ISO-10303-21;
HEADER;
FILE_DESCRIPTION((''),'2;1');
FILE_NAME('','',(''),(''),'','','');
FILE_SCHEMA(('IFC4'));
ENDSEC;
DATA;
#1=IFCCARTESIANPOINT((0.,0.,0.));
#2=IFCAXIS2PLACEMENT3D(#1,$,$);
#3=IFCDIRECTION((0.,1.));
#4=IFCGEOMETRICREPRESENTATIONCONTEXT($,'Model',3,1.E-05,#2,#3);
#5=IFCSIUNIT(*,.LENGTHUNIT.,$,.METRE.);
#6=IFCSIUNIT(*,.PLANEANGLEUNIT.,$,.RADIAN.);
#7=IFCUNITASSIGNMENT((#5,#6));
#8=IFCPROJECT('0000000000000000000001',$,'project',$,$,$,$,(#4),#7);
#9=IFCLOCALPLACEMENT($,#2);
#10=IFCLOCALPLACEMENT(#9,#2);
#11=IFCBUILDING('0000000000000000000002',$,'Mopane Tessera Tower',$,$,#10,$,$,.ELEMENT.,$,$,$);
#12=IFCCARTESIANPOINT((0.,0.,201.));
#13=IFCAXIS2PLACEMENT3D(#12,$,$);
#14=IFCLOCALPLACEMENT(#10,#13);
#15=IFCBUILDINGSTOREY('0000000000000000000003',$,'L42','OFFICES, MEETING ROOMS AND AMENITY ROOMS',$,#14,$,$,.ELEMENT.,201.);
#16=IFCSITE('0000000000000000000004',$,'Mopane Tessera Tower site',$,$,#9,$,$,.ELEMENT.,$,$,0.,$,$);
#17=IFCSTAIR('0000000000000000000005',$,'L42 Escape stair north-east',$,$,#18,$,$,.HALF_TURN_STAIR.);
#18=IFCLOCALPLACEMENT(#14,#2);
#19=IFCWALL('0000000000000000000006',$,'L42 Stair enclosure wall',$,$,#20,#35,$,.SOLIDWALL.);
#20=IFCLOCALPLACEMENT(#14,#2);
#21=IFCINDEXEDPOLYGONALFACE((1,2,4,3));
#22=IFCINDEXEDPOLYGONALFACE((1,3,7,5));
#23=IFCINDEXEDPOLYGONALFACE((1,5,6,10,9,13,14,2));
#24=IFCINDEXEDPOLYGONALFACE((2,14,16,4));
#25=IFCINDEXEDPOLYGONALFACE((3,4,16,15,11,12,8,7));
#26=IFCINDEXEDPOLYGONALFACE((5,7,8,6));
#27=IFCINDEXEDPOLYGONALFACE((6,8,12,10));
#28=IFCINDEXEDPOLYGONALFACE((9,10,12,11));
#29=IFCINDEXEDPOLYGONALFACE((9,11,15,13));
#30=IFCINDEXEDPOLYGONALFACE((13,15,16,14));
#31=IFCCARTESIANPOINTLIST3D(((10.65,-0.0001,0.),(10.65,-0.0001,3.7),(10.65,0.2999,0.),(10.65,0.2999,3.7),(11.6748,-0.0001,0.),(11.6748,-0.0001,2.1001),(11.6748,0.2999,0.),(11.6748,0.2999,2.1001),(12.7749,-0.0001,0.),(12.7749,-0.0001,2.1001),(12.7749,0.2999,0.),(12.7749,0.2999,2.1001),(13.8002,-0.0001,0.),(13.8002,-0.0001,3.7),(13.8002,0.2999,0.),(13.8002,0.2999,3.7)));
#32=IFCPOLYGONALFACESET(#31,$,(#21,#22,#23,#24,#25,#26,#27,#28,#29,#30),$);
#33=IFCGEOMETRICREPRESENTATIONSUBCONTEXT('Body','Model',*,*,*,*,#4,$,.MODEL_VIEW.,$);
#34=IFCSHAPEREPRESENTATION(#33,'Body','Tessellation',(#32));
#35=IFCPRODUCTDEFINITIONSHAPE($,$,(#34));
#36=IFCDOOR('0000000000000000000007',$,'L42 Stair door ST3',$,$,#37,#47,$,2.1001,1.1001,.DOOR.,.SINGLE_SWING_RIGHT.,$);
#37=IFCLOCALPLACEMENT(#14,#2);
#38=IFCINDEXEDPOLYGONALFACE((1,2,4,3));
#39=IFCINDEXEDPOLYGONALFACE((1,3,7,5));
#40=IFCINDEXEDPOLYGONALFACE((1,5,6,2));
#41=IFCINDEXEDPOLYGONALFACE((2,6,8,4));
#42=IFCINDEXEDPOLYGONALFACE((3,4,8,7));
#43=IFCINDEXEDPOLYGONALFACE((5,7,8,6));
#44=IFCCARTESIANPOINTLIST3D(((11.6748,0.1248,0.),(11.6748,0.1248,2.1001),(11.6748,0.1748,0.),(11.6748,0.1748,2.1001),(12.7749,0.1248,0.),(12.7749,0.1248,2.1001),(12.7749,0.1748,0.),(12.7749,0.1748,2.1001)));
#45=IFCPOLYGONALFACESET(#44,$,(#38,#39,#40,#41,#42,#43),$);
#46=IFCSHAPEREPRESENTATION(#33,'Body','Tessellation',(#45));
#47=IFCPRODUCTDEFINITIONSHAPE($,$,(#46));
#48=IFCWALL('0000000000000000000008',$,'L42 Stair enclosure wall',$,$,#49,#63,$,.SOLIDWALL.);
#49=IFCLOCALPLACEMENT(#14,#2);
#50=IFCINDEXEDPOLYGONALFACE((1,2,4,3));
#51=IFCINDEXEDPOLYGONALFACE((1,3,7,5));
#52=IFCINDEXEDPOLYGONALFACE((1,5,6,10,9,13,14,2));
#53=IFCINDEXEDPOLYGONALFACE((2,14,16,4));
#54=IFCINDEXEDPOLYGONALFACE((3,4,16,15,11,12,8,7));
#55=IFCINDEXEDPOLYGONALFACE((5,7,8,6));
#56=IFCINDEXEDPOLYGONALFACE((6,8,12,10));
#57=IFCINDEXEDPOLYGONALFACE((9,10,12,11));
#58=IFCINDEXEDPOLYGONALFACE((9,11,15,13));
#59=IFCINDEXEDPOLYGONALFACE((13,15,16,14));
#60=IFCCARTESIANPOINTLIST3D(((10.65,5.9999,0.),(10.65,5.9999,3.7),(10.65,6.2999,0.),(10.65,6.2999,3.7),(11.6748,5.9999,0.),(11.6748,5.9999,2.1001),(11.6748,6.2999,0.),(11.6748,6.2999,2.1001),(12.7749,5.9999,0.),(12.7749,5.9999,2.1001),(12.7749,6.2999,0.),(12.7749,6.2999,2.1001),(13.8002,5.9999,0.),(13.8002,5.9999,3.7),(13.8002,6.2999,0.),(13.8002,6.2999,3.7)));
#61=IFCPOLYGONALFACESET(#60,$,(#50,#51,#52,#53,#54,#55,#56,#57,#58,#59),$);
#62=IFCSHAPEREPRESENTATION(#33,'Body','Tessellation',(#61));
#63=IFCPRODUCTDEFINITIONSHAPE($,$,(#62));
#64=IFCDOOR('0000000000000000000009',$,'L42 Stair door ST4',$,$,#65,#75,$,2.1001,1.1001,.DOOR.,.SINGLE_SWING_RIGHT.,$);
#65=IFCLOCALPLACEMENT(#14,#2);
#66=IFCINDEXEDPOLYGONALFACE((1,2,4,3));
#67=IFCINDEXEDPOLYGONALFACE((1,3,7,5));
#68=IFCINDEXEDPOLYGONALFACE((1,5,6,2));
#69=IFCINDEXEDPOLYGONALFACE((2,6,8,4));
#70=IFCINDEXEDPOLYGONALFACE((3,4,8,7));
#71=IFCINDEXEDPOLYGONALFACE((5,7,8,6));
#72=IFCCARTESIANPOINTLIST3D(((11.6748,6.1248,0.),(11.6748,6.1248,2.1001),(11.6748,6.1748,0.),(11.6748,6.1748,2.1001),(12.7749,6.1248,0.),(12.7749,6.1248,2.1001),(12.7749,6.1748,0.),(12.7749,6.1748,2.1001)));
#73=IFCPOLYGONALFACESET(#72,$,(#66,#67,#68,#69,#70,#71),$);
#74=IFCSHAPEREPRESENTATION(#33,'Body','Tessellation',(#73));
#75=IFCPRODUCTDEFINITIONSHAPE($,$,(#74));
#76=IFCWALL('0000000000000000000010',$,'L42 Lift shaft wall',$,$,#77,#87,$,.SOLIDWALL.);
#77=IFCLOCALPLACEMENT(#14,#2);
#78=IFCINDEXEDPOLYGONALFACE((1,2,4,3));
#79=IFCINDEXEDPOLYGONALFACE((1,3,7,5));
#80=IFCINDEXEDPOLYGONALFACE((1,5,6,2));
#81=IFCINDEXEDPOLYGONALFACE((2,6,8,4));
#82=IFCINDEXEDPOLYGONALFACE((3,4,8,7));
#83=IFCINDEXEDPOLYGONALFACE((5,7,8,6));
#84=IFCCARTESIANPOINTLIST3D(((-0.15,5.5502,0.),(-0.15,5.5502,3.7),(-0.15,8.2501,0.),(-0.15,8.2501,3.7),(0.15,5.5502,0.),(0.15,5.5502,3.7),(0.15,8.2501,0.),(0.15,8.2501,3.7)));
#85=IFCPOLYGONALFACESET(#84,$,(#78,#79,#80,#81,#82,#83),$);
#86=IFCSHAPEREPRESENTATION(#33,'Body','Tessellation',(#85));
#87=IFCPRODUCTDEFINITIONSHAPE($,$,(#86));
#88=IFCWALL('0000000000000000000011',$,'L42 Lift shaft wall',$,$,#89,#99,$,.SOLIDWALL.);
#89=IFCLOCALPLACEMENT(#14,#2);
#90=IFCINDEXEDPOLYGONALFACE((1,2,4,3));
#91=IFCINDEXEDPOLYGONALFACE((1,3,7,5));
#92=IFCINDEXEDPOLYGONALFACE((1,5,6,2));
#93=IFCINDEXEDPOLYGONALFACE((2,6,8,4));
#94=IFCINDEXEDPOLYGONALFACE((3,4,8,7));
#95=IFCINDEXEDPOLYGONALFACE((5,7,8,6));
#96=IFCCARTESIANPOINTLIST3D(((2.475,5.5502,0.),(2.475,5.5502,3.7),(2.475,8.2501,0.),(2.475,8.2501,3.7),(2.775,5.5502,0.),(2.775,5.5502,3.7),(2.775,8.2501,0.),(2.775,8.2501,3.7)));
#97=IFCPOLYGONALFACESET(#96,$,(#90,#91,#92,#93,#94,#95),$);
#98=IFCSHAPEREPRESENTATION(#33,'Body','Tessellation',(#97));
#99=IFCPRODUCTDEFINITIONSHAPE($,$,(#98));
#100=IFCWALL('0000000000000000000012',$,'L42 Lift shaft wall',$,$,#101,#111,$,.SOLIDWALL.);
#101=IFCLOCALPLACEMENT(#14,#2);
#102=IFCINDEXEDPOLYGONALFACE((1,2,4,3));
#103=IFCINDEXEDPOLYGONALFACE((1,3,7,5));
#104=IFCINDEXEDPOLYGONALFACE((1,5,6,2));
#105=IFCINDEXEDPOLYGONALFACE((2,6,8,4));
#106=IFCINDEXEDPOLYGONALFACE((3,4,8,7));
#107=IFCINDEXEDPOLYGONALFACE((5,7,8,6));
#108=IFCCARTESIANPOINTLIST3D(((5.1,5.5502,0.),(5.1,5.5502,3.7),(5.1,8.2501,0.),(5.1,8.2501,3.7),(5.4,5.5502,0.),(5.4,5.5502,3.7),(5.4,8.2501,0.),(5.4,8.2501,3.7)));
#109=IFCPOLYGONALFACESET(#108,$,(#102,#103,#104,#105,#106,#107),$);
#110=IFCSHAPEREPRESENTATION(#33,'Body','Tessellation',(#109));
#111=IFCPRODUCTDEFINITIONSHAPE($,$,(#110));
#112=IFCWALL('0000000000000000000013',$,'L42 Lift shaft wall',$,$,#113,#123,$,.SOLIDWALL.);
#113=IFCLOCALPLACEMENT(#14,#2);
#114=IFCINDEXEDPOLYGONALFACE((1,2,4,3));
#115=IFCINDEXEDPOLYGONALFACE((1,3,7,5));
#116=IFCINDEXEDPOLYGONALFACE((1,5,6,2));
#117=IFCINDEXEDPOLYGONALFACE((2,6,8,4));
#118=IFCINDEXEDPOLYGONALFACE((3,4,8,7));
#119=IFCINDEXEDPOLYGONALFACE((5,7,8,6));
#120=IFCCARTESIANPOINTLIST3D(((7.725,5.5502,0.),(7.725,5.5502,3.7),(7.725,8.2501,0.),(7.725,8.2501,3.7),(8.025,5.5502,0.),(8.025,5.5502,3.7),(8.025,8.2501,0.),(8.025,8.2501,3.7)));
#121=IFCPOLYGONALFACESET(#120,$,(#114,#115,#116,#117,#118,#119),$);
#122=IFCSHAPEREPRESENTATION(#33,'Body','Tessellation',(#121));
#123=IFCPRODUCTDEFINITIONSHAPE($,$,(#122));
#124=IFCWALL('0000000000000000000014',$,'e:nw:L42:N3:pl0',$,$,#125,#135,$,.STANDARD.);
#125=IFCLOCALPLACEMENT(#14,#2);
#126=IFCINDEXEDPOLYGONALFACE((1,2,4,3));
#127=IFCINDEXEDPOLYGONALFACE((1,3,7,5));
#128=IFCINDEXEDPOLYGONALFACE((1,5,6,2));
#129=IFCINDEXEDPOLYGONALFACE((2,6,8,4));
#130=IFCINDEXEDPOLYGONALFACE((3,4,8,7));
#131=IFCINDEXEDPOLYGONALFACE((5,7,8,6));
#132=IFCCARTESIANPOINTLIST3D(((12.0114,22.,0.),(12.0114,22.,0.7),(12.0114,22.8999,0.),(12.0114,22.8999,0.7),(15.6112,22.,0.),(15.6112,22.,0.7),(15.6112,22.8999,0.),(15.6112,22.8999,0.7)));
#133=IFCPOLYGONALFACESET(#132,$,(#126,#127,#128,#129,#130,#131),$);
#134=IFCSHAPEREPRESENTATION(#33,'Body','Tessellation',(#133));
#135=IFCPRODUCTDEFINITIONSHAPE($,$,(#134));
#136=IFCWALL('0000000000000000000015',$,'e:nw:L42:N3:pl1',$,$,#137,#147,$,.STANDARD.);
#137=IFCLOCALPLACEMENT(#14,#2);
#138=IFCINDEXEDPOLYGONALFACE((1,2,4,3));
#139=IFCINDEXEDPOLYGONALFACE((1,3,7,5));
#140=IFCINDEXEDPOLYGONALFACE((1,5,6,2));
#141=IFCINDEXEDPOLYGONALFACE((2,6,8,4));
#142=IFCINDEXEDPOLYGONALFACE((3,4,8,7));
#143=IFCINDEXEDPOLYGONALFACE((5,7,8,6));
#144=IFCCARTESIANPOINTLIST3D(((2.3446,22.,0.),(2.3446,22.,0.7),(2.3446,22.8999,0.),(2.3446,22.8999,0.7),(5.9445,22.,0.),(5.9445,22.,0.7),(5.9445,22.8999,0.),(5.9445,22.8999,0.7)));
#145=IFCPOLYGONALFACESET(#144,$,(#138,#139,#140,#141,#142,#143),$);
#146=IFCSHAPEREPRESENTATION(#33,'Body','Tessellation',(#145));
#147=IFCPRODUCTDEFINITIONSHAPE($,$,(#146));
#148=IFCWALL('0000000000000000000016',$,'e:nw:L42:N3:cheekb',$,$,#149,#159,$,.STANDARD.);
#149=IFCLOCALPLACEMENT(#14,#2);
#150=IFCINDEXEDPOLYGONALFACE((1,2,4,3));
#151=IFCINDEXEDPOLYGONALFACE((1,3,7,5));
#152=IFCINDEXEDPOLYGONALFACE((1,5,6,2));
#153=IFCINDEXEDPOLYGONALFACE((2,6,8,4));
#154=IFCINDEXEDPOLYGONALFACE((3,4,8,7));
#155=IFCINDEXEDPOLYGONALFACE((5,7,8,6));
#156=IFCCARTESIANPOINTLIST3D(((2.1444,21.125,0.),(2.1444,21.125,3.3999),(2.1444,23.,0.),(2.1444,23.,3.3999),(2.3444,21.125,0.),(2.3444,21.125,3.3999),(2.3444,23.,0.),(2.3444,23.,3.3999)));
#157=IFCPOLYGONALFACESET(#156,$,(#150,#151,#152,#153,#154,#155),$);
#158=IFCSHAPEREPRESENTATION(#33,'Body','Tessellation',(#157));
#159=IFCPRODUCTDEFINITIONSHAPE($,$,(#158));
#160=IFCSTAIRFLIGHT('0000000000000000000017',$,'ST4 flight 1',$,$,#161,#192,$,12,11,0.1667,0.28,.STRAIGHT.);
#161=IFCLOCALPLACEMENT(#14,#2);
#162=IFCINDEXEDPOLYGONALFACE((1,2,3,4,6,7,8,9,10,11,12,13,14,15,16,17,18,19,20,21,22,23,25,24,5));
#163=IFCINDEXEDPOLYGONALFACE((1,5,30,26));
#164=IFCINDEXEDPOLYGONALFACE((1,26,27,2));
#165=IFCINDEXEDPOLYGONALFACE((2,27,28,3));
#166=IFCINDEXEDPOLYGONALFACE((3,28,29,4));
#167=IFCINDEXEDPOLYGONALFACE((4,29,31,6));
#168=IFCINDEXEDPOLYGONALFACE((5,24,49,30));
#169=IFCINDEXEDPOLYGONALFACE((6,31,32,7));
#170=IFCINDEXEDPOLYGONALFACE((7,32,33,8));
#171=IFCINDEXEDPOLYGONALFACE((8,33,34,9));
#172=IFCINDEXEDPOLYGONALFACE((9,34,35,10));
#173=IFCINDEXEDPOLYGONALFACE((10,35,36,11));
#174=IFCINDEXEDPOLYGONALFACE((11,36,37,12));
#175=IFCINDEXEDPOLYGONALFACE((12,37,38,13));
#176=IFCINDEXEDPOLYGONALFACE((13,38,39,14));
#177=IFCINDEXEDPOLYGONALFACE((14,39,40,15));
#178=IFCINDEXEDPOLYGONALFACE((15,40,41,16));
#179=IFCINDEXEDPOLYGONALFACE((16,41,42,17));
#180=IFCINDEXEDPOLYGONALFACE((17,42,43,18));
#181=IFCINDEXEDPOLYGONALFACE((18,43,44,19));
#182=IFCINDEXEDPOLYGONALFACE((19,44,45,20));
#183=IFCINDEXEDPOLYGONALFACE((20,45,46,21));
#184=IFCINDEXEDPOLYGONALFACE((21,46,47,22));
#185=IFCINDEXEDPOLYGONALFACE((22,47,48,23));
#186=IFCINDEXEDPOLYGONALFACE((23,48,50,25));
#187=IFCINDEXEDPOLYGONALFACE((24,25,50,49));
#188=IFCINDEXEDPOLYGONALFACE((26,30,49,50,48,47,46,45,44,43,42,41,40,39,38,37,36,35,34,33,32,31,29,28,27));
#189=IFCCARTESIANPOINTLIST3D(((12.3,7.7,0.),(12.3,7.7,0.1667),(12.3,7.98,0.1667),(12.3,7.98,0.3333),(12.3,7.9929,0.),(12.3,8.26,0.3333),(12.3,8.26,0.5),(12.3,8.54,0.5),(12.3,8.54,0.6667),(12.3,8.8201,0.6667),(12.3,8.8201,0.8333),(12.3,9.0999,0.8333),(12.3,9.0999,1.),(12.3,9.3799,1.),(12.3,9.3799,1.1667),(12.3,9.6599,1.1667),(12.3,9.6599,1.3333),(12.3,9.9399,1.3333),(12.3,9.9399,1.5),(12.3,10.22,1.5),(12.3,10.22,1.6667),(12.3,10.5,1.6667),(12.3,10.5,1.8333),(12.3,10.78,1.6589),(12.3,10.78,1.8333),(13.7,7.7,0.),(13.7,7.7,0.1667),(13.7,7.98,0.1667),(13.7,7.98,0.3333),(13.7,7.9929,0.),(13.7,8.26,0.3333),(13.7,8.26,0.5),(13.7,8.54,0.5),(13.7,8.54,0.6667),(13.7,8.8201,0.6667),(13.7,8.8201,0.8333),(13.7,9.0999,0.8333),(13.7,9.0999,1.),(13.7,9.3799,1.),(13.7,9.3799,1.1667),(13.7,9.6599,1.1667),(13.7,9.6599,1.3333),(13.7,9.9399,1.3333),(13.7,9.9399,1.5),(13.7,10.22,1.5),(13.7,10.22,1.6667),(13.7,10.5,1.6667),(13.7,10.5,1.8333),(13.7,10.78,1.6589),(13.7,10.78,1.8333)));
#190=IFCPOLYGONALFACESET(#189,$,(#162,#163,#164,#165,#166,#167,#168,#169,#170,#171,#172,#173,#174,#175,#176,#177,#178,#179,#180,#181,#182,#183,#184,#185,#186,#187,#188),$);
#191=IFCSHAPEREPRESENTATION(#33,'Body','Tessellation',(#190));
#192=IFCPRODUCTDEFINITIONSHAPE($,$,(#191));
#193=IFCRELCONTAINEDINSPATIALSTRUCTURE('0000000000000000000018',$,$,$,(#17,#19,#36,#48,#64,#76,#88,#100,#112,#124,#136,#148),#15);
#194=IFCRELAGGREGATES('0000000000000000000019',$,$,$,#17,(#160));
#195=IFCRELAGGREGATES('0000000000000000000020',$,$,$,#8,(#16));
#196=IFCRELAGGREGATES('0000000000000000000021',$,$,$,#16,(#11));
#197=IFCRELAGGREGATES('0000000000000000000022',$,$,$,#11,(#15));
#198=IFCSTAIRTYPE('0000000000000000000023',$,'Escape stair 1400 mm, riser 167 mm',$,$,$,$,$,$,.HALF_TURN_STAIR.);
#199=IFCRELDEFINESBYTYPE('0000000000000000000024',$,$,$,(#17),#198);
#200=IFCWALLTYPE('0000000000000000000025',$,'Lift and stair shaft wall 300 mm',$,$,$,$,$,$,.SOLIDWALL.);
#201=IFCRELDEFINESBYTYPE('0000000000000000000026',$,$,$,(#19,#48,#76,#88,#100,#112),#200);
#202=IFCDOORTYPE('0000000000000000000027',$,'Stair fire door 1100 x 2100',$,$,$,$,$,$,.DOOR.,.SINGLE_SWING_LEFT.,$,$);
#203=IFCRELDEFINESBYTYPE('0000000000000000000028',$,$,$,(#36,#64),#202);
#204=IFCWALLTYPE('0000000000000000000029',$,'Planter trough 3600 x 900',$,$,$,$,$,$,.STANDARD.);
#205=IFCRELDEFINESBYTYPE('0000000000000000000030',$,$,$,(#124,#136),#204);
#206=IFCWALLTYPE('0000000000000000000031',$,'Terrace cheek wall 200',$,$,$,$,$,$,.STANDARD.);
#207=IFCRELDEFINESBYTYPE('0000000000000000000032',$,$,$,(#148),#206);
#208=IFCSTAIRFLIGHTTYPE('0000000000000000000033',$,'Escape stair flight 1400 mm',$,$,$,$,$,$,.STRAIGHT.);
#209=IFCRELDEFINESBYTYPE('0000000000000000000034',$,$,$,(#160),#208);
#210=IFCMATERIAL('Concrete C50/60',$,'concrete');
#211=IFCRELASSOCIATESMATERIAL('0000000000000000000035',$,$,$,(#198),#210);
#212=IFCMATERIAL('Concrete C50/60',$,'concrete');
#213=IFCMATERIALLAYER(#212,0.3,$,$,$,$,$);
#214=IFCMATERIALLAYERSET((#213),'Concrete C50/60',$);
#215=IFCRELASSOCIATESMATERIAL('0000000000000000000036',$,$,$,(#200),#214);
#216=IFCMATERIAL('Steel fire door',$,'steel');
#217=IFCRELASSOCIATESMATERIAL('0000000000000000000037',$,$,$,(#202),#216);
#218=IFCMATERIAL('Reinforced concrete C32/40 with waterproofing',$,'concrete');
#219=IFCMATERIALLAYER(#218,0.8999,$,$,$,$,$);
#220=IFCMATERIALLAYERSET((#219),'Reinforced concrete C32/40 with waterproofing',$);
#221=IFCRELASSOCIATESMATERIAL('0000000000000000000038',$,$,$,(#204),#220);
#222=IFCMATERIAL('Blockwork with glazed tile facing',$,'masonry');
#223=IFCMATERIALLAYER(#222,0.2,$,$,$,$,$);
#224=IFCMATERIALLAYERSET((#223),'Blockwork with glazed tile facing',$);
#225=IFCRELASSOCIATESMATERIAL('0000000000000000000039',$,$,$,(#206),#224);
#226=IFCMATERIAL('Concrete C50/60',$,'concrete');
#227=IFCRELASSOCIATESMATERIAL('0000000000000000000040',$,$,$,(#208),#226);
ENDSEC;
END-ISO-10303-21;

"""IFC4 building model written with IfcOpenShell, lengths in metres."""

from ifc_helpers import new_model, si_unit, direction, frame, frame_2d, origin, place, context, subcontext, project, spatial, polyline, rectangle, outline, extrude, material, layer, layer_set, type_object, element, fill, aggregate, save


model = new_model("IFC4")

# Units and contexts
model_context = context("Model", 3, precision=1e-05, world=origin(), true_north=direction((0.0, 1.0)))
body_context = subcontext(model_context, "Body", "Model", "MODEL_VIEW")
ifc_project = project(units=[si_unit("LENGTHUNIT", "METRE"), si_unit("PLANEANGLEUNIT", "RADIAN")], contexts=[model_context])

# Site, building, storey
site_placement = place(None, origin())
site = spatial("IfcSite", under=ifc_project, at=site_placement, Name="Mopane Tessera Tower site", CompositionType="ELEMENT", RefElevation=0.0)
building_placement = place(site_placement, origin())
building = spatial("IfcBuilding", under=site, at=building_placement, Name="Mopane Tessera Tower", CompositionType="ELEMENT")
storey_placement = place(building_placement, frame((0.0, 0.0, 201.0)))
storey = spatial("IfcBuildingStorey", under=building, at=storey_placement, Name="L42", Description="OFFICES, MEETING ROOMS AND AMENITY ROOMS", CompositionType="ELEMENT", Elevation=201.0)

# Stair
ifc_material_1 = material(Name="Concrete C50/60", Category="concrete")
stair_type = type_object("IfcStairType", Name="Escape stair 1400 mm, riser 167 mm", PredefinedType="HALF_TURN_STAIR", material=ifc_material_1)
stair_1_placement = place(storey_placement, origin())
stair_1 = element("IfcStair", 1, at=stair_1_placement, inside=storey, type_object=stair_type, Name="L42 Escape stair north-east", PredefinedType="HALF_TURN_STAIR")

# Walls, openings, doors
ifc_material_2 = material(Name="Concrete C50/60", Category="concrete")
ifc_layer_1 = layer(ifc_material_2, 0.3)
ifc_layer_set_1 = layer_set([ifc_layer_1], Name="Concrete C50/60")
wall_type_1 = type_object("IfcWallType", Name="Lift and stair shaft wall 300 mm", PredefinedType="SOLIDWALL", material=ifc_layer_set_1)
wall_1_placement = place(storey_placement, frame((10.6499, 0.1499, 0.0), z_axis=(0.0, 0.0, 1.0), x_axis=(1.0, 0.0, 0.0)))
wall_1 = element("IfcWall", 2, at=wall_1_placement, inside=storey, type_object=wall_type_1, Name="L42 Stair enclosure wall", PredefinedType="SOLIDWALL", context=body_context, shape_type="SweptSolid", body=[
    extrude(rectangle(XDim=3.1501, YDim=0.3, at=frame_2d((1.5752, 0.0))), origin(), (0.0, 0.0, 1.0), 3.7),
])
opening_1_placement = place(wall_1_placement, frame((1.0249, 0.0, 0.0)))
opening_1 = element("IfcOpeningElement", 3, at=opening_1_placement, cuts=wall_1, PredefinedType="OPENING", context=body_context, shape_type="SweptSolid", body=[
    extrude(rectangle(XDim=1.1001, YDim=2.1001, at=frame_2d((0.55, 1.05))), frame((0.0, 0.1621, 0.0), z_axis=(0.0, -1.0, 0.0), x_axis=(1.0, 0.0, 0.0)), (0.0, 0.0, 1.0), 0.324),
])
ifc_material_3 = material(Name="Steel fire door", Category="steel")
door_type = type_object("IfcDoorType", Name="Stair fire door 1100 x 2100", OperationType="SINGLE_SWING_LEFT", PredefinedType="DOOR", material=ifc_material_3)
door_1_placement = place(opening_1_placement, origin())
door_1 = element("IfcDoor", 4, at=door_1_placement, inside=storey, type_object=door_type, Name="L42 Stair door ST3", OperationType="SINGLE_SWING_RIGHT", OverallHeight=2.1001, OverallWidth=1.1001, PredefinedType="DOOR", context=body_context, shape_type="SweptSolid", body=[
    extrude(rectangle(XDim=1.1001, YDim=2.1001, at=frame_2d((0.55, 1.05))), frame((0.0, 0.0249, 0.0), z_axis=(0.0, -1.0, 0.0), x_axis=(1.0, 0.0, 0.0)), (0.0, 0.0, 1.0), 0.05),
])
fill(opening_1, door_1)
wall_2_placement = place(storey_placement, frame((10.6499, 6.1499, 0.0), z_axis=(0.0, 0.0, 1.0), x_axis=(1.0, 0.0, 0.0)))
wall_2 = element("IfcWall", 5, at=wall_2_placement, inside=storey, type_object=wall_type_1, Name="L42 Stair enclosure wall", PredefinedType="SOLIDWALL", context=body_context, shape_type="SweptSolid", body=[
    extrude(rectangle(XDim=3.1501, YDim=0.3, at=frame_2d((1.5752, 0.0))), origin(), (0.0, 0.0, 1.0), 3.7),
])
opening_2_placement = place(wall_2_placement, frame((1.0249, 0.0, 0.0)))
opening_2 = element("IfcOpeningElement", 6, at=opening_2_placement, cuts=wall_2, PredefinedType="OPENING", context=body_context, shape_type="SweptSolid", body=[
    extrude(rectangle(XDim=1.1001, YDim=2.1001, at=frame_2d((0.55, 1.05))), frame((0.0, 0.1621, 0.0), z_axis=(0.0, -1.0, 0.0), x_axis=(1.0, 0.0, 0.0)), (0.0, 0.0, 1.0), 0.324),
])
door_2_placement = place(opening_2_placement, origin())
door_2 = element("IfcDoor", 7, at=door_2_placement, inside=storey, type_object=door_type, Name="L42 Stair door ST4", OperationType="SINGLE_SWING_RIGHT", OverallHeight=2.1001, OverallWidth=1.1001, PredefinedType="DOOR", context=body_context, shape_type="SweptSolid", body=[
    extrude(rectangle(XDim=1.1001, YDim=2.1001, at=frame_2d((0.55, 1.05))), frame((0.0, 0.0249, 0.0), z_axis=(0.0, -1.0, 0.0), x_axis=(1.0, 0.0, 0.0)), (0.0, 0.0, 1.0), 0.05),
])
fill(opening_2, door_2)

# Walls
for number, where, z_axis, x_axis, name in (
    (8, (0.0, 5.55, 0.0), (0.0, 0.0, 1.0), (0.0, 1.0, 0.0), "L42 Lift shaft wall"),
    (9, (2.625, 5.55, 0.0), (0.0, 0.0, 1.0), (0.0, 1.0, 0.0), "L42 Lift shaft wall"),
    (10, (5.25, 5.55, 0.0), (0.0, 0.0, 1.0), (0.0, 1.0, 0.0), "L42 Lift shaft wall"),
    (11, (7.875, 5.55, 0.0), (0.0, 0.0, 1.0), (0.0, 1.0, 0.0), "L42 Lift shaft wall"),
):
    element("IfcWall", number, at=place(storey_placement, frame(where, z_axis=z_axis, x_axis=x_axis)), inside=storey, type_object=wall_type_1, Name=name, PredefinedType="SOLIDWALL", context=body_context, shape_type="SweptSolid", body=[
        extrude(rectangle(XDim=2.7, YDim=0.3, at=frame_2d((1.3501, 0.0))), origin(), (0.0, 0.0, 1.0), 3.7),
    ])
ifc_material_4 = material(Name="Reinforced concrete C32/40 with waterproofing", Category="concrete")
ifc_layer_2 = layer(ifc_material_4, 0.8999)
ifc_layer_set_2 = layer_set([ifc_layer_2], Name="Reinforced concrete C32/40 with waterproofing")
wall_type_2 = type_object("IfcWallType", Name="Planter trough 3600 x 900", PredefinedType="STANDARD", material=ifc_layer_set_2)
for number, where, z_axis, x_axis, name in (
    (12, (15.6111, 22.45, 0.0), (0.0, 0.0, 1.0), (-1.0, 0.0, 0.0), "e:nw:L42:N3:pl0"),
    (13, (5.9443, 22.45, 0.0), (0.0, 0.0, 1.0), (-1.0, 0.0, 0.0), "e:nw:L42:N3:pl1"),
):
    element("IfcWall", number, at=place(storey_placement, frame(where, z_axis=z_axis, x_axis=x_axis)), inside=storey, type_object=wall_type_2, Name=name, PredefinedType="STANDARD", context=body_context, shape_type="SweptSolid", body=[
        extrude(rectangle(XDim=3.5999, YDim=0.8999, at=frame_2d((1.7998, 0.0))), origin(), (0.0, 0.0, 1.0), 0.7),
    ])
ifc_material_5 = material(Name="Blockwork with glazed tile facing", Category="masonry")
ifc_layer_3 = layer(ifc_material_5, 0.2)
ifc_layer_set_3 = layer_set([ifc_layer_3], Name="Blockwork with glazed tile facing")
wall_type_3 = type_object("IfcWallType", Name="Terrace cheek wall 200", PredefinedType="STANDARD", material=ifc_layer_set_3)
wall_3_placement = place(storey_placement, frame((2.2444, 23.0, 0.0), z_axis=(0.0, 0.0, 1.0), x_axis=(0.0, -1.0, 0.0)))
element("IfcWall", 14, at=wall_3_placement, inside=storey, type_object=wall_type_3, Name="e:nw:L42:N3:cheekb", PredefinedType="STANDARD", context=body_context, shape_type="SweptSolid", body=[
    extrude(rectangle(XDim=1.875, YDim=0.2, at=frame_2d((0.9375, 0.0))), origin(), (0.0, 0.0, 1.0), 3.3999),
])

# Stair flight
ifc_material_6 = material(Name="Concrete C50/60", Category="concrete")
stair_flight_type = type_object("IfcStairFlightType", Name="Escape stair flight 1400 mm", PredefinedType="STRAIGHT", material=ifc_material_6)
stair_flight_1_placement = place(storey_placement, frame((13.0, 7.7, 0.0), z_axis=(0.0, 0.0, 1.0), x_axis=(0.0, 1.0, 0.0)))
stair_flight_1 = element("IfcStairFlight", 15, at=stair_flight_1_placement, type_object=stair_flight_type, Name="ST4 flight 1", NumberOfRisers=12, NumberOfTreads=11, PredefinedType="STRAIGHT", RiserHeight=0.1667, TreadLength=0.28, context=body_context, shape_type="SweptSolid", body=[
    extrude(outline(polyline([(0.0, 0.0), (0.0, 0.1667), (0.28, 0.1667), (0.28, 0.3333), (0.5601, 0.3333), (0.5601, 0.5), (0.8401, 0.5), (0.8401, 0.6667), (1.1201, 0.6667), (1.1201, 0.8333), (1.3999, 0.8333), (1.3999, 1.0), (1.6799, 1.0), (1.6799, 1.1667), (1.96, 1.1667), (1.96, 1.3333), (2.24, 1.3333), (2.24, 1.5), (2.52, 1.5), (2.52, 1.6667), (2.8, 1.6667), (2.8, 1.8333), (3.0801, 1.8333), (3.0801, 2.0), (3.0801, 1.6589), (0.293, 0.0), (0.0, 0.0)])), frame((0.0, 0.7, 0.0), z_axis=(0.0, -1.0, 0.0), x_axis=(1.0, 0.0, 0.0)), (0.0, 0.0, 1.0), 1.3999),
])
aggregate(stair_1, [stair_flight_1])

save(model, "model.ifc")
